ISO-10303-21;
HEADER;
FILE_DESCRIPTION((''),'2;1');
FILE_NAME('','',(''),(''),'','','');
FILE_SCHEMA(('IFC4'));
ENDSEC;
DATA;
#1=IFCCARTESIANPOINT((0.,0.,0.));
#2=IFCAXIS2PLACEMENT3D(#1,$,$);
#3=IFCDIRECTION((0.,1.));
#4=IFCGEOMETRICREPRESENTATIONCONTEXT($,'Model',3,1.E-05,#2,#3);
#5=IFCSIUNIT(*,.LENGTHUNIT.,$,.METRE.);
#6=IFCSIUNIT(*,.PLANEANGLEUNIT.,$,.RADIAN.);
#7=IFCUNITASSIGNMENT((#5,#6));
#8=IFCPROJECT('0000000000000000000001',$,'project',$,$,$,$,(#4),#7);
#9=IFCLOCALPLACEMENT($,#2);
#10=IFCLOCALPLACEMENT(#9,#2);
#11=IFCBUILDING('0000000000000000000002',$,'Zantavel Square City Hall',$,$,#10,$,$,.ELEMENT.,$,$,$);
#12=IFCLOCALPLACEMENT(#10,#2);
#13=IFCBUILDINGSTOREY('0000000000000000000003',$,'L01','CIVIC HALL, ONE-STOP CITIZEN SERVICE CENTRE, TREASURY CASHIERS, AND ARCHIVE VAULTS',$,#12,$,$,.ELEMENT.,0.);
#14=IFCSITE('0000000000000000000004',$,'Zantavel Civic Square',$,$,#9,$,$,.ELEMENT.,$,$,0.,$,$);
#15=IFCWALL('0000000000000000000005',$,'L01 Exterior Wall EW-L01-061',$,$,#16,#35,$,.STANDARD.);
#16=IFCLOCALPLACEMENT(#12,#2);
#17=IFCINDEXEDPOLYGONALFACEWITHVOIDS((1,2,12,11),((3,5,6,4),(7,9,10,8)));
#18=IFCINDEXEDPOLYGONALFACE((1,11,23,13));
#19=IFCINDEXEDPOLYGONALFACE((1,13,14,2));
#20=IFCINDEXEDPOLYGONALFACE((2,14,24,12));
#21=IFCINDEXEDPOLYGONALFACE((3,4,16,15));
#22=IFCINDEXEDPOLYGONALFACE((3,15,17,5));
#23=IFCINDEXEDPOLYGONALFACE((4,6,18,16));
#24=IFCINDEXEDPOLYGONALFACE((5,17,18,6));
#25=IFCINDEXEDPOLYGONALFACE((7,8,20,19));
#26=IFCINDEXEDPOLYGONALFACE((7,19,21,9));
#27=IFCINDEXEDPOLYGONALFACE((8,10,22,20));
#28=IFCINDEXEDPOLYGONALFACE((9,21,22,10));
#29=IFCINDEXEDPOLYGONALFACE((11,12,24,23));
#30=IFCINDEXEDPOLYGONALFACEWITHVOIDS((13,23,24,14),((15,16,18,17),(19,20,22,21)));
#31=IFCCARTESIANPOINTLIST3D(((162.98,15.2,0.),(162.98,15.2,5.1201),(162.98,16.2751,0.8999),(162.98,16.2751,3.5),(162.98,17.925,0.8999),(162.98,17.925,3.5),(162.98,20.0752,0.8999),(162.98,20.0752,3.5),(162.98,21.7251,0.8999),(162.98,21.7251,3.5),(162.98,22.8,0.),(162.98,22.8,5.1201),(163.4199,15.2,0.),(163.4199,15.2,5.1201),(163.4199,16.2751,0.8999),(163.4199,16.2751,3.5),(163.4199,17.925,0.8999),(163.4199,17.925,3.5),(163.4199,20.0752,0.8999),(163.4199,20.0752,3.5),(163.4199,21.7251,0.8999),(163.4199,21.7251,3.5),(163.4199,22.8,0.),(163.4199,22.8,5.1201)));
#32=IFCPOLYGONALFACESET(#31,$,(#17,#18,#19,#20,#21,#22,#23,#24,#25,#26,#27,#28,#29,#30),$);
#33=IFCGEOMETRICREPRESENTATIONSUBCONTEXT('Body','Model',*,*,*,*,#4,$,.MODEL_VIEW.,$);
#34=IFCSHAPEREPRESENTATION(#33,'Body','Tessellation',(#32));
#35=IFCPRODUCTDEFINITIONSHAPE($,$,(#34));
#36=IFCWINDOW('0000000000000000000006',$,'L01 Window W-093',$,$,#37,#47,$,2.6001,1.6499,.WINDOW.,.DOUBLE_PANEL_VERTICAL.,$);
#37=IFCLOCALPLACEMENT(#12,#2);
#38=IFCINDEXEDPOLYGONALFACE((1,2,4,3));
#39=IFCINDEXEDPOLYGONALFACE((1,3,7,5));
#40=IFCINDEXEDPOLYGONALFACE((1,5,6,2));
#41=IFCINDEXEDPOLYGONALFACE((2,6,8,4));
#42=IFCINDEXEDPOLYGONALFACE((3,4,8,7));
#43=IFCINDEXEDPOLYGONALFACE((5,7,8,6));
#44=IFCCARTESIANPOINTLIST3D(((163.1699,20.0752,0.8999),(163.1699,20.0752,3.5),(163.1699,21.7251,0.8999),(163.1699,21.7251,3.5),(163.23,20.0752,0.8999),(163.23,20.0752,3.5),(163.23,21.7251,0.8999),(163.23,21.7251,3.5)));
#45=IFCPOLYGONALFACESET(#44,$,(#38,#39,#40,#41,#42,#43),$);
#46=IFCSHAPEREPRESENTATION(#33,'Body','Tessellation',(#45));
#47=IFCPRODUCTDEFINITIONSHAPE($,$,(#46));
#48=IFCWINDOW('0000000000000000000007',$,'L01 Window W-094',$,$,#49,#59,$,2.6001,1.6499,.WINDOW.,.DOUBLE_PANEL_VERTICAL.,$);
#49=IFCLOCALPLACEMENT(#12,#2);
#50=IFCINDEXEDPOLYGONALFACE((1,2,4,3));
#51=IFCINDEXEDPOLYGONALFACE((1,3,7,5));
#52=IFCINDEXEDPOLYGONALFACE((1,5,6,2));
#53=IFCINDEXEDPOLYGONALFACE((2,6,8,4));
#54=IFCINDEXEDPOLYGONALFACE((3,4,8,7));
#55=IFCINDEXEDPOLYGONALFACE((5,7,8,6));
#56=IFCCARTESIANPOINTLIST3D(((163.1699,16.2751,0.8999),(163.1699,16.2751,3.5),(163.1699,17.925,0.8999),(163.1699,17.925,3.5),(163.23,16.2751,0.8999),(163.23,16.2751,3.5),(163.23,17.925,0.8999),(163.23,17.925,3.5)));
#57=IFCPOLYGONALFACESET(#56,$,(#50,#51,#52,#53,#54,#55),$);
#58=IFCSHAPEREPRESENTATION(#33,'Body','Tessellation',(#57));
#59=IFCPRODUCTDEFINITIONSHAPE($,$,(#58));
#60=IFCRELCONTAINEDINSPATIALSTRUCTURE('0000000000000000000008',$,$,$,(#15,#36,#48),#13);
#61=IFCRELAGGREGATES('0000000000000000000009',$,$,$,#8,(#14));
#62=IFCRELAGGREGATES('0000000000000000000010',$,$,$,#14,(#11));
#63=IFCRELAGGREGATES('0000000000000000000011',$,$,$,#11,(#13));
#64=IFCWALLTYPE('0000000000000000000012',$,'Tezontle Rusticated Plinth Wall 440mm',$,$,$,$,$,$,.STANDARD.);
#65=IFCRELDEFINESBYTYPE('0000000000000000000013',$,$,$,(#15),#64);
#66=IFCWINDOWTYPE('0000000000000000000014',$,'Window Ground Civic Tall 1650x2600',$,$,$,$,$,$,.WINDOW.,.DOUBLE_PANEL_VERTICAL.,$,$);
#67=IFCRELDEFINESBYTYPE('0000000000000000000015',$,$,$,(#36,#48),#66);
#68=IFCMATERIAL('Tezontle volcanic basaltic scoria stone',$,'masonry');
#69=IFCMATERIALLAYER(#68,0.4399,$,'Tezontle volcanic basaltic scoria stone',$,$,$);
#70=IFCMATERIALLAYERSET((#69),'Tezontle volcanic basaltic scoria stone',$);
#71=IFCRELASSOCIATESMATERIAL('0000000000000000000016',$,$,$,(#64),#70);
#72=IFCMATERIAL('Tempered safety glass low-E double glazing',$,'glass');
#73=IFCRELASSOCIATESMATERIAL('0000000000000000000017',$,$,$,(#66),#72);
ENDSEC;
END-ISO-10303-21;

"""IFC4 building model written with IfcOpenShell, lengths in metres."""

from ifc_helpers import new_model, si_unit, direction, frame, frame_2d, origin, place, context, subcontext, project, spatial, rectangle, extrude, material, layer, layer_set, type_object, element, fill, save


model = new_model("IFC4")

# Units and contexts
model_context = context("Model", 3, precision=1e-05, world=origin(), true_north=direction((0.0, 1.0)))
body_context = subcontext(model_context, "Body", "Model", "MODEL_VIEW")
ifc_project = project(units=[si_unit("LENGTHUNIT", "METRE"), si_unit("PLANEANGLEUNIT", "RADIAN")], contexts=[model_context])

# Site, building, storey
site_placement = place(None, origin())
site = spatial("IfcSite", under=ifc_project, at=site_placement, Name="Zantavel Civic Square", CompositionType="ELEMENT", RefElevation=0.0)
building_placement = place(site_placement, origin())
building = spatial("IfcBuilding", under=site, at=building_placement, Name="Zantavel Square City Hall", CompositionType="ELEMENT")
storey_placement = place(building_placement, origin())
storey = spatial("IfcBuildingStorey", under=building, at=storey_placement, Name="L01", Description="CIVIC HALL, ONE-STOP CITIZEN SERVICE CENTRE, TREASURY CASHIERS, AND ARCHIVE VAULTS", CompositionType="ELEMENT", Elevation=0.0)

# Wall, openings, windows
ifc_material_1 = material(Name="Tezontle volcanic basaltic scoria stone", Category="masonry")
ifc_layer = layer(ifc_material_1, 0.4399, Name="Tezontle volcanic basaltic scoria stone")
ifc_layer_set = layer_set([ifc_layer], Name="Tezontle volcanic basaltic scoria stone")
wall_type = type_object("IfcWallType", Name="Tezontle Rusticated Plinth Wall 440mm", PredefinedType="STANDARD", material=ifc_layer_set)
ifc_material_2 = material(Name="Tempered safety glass low-E double glazing", Category="glass")
window_type = type_object("IfcWindowType", Name="Window Ground Civic Tall 1650x2600", PartitioningType="DOUBLE_PANEL_VERTICAL", PredefinedType="WINDOW", material=ifc_material_2)
wall_1_placement = place(storey_placement, frame((163.2, 22.8, 0.0), z_axis=(0.0, 0.0, 1.0), x_axis=(0.0, -1.0, 0.0)))
wall_1 = element("IfcWall", 1, at=wall_1_placement, inside=storey, type_object=wall_type, Name="L01 Exterior Wall EW-L01-061", PredefinedType="STANDARD", context=body_context, shape_type="SweptSolid", body=[
    extrude(rectangle(XDim=7.6001, YDim=0.4399, at=frame_2d((3.8, 0.0))), origin(), (0.0, 0.0, 1.0), 5.1201),
])
opening_1_placement = place(wall_1_placement, frame((1.075, 0.0, 0.8999)))
opening_1 = element("IfcOpeningElement", 2, at=opening_1_placement, cuts=wall_1, PredefinedType="OPENING", context=body_context, shape_type="SweptSolid", body=[
    extrude(rectangle(XDim=1.6499, YDim=2.6001, at=frame_2d((0.825, 1.3))), frame((0.0, 0.23, 0.0), z_axis=(0.0, -1.0, 0.0), x_axis=(1.0, 0.0, 0.0)), (0.0, 0.0, 1.0), 0.46),
])
opening_2_placement = place(wall_1_placement, frame((4.875, 0.0, 0.8999)))
opening_2 = element("IfcOpeningElement", 3, at=opening_2_placement, cuts=wall_1, PredefinedType="OPENING", context=body_context, shape_type="SweptSolid", body=[
    extrude(rectangle(XDim=1.6499, YDim=2.6001, at=frame_2d((0.825, 1.3))), frame((0.0, 0.23, 0.0), z_axis=(0.0, -1.0, 0.0), x_axis=(1.0, 0.0, 0.0)), (0.0, 0.0, 1.0), 0.46),
])
window_1_placement = place(opening_1_placement, origin())
window_1 = element("IfcWindow", 4, at=window_1_placement, inside=storey, type_object=window_type, Name="L01 Window W-093", OverallHeight=2.6001, OverallWidth=1.6499, PartitioningType="DOUBLE_PANEL_VERTICAL", PredefinedType="WINDOW", context=body_context, shape_type="SweptSolid", body=[
    extrude(rectangle(XDim=1.6499, YDim=2.6001, at=frame_2d((0.825, 1.3))), frame((0.0, 0.03, 0.0), z_axis=(0.0, -1.0, 0.0), x_axis=(1.0, 0.0, 0.0)), (0.0, 0.0, 1.0), 0.0601),
])
fill(opening_1, window_1)
window_2_placement = place(opening_2_placement, origin())
window_2 = element("IfcWindow", 5, at=window_2_placement, inside=storey, type_object=window_type, Name="L01 Window W-094", OverallHeight=2.6001, OverallWidth=1.6499, PartitioningType="DOUBLE_PANEL_VERTICAL", PredefinedType="WINDOW", context=body_context, shape_type="SweptSolid", body=[
    extrude(rectangle(XDim=1.6499, YDim=2.6001, at=frame_2d((0.825, 1.3))), frame((0.0, 0.03, 0.0), z_axis=(0.0, -1.0, 0.0), x_axis=(1.0, 0.0, 0.0)), (0.0, 0.0, 1.0), 0.0601),
])
fill(opening_2, window_2)

save(model, "model.ifc")
